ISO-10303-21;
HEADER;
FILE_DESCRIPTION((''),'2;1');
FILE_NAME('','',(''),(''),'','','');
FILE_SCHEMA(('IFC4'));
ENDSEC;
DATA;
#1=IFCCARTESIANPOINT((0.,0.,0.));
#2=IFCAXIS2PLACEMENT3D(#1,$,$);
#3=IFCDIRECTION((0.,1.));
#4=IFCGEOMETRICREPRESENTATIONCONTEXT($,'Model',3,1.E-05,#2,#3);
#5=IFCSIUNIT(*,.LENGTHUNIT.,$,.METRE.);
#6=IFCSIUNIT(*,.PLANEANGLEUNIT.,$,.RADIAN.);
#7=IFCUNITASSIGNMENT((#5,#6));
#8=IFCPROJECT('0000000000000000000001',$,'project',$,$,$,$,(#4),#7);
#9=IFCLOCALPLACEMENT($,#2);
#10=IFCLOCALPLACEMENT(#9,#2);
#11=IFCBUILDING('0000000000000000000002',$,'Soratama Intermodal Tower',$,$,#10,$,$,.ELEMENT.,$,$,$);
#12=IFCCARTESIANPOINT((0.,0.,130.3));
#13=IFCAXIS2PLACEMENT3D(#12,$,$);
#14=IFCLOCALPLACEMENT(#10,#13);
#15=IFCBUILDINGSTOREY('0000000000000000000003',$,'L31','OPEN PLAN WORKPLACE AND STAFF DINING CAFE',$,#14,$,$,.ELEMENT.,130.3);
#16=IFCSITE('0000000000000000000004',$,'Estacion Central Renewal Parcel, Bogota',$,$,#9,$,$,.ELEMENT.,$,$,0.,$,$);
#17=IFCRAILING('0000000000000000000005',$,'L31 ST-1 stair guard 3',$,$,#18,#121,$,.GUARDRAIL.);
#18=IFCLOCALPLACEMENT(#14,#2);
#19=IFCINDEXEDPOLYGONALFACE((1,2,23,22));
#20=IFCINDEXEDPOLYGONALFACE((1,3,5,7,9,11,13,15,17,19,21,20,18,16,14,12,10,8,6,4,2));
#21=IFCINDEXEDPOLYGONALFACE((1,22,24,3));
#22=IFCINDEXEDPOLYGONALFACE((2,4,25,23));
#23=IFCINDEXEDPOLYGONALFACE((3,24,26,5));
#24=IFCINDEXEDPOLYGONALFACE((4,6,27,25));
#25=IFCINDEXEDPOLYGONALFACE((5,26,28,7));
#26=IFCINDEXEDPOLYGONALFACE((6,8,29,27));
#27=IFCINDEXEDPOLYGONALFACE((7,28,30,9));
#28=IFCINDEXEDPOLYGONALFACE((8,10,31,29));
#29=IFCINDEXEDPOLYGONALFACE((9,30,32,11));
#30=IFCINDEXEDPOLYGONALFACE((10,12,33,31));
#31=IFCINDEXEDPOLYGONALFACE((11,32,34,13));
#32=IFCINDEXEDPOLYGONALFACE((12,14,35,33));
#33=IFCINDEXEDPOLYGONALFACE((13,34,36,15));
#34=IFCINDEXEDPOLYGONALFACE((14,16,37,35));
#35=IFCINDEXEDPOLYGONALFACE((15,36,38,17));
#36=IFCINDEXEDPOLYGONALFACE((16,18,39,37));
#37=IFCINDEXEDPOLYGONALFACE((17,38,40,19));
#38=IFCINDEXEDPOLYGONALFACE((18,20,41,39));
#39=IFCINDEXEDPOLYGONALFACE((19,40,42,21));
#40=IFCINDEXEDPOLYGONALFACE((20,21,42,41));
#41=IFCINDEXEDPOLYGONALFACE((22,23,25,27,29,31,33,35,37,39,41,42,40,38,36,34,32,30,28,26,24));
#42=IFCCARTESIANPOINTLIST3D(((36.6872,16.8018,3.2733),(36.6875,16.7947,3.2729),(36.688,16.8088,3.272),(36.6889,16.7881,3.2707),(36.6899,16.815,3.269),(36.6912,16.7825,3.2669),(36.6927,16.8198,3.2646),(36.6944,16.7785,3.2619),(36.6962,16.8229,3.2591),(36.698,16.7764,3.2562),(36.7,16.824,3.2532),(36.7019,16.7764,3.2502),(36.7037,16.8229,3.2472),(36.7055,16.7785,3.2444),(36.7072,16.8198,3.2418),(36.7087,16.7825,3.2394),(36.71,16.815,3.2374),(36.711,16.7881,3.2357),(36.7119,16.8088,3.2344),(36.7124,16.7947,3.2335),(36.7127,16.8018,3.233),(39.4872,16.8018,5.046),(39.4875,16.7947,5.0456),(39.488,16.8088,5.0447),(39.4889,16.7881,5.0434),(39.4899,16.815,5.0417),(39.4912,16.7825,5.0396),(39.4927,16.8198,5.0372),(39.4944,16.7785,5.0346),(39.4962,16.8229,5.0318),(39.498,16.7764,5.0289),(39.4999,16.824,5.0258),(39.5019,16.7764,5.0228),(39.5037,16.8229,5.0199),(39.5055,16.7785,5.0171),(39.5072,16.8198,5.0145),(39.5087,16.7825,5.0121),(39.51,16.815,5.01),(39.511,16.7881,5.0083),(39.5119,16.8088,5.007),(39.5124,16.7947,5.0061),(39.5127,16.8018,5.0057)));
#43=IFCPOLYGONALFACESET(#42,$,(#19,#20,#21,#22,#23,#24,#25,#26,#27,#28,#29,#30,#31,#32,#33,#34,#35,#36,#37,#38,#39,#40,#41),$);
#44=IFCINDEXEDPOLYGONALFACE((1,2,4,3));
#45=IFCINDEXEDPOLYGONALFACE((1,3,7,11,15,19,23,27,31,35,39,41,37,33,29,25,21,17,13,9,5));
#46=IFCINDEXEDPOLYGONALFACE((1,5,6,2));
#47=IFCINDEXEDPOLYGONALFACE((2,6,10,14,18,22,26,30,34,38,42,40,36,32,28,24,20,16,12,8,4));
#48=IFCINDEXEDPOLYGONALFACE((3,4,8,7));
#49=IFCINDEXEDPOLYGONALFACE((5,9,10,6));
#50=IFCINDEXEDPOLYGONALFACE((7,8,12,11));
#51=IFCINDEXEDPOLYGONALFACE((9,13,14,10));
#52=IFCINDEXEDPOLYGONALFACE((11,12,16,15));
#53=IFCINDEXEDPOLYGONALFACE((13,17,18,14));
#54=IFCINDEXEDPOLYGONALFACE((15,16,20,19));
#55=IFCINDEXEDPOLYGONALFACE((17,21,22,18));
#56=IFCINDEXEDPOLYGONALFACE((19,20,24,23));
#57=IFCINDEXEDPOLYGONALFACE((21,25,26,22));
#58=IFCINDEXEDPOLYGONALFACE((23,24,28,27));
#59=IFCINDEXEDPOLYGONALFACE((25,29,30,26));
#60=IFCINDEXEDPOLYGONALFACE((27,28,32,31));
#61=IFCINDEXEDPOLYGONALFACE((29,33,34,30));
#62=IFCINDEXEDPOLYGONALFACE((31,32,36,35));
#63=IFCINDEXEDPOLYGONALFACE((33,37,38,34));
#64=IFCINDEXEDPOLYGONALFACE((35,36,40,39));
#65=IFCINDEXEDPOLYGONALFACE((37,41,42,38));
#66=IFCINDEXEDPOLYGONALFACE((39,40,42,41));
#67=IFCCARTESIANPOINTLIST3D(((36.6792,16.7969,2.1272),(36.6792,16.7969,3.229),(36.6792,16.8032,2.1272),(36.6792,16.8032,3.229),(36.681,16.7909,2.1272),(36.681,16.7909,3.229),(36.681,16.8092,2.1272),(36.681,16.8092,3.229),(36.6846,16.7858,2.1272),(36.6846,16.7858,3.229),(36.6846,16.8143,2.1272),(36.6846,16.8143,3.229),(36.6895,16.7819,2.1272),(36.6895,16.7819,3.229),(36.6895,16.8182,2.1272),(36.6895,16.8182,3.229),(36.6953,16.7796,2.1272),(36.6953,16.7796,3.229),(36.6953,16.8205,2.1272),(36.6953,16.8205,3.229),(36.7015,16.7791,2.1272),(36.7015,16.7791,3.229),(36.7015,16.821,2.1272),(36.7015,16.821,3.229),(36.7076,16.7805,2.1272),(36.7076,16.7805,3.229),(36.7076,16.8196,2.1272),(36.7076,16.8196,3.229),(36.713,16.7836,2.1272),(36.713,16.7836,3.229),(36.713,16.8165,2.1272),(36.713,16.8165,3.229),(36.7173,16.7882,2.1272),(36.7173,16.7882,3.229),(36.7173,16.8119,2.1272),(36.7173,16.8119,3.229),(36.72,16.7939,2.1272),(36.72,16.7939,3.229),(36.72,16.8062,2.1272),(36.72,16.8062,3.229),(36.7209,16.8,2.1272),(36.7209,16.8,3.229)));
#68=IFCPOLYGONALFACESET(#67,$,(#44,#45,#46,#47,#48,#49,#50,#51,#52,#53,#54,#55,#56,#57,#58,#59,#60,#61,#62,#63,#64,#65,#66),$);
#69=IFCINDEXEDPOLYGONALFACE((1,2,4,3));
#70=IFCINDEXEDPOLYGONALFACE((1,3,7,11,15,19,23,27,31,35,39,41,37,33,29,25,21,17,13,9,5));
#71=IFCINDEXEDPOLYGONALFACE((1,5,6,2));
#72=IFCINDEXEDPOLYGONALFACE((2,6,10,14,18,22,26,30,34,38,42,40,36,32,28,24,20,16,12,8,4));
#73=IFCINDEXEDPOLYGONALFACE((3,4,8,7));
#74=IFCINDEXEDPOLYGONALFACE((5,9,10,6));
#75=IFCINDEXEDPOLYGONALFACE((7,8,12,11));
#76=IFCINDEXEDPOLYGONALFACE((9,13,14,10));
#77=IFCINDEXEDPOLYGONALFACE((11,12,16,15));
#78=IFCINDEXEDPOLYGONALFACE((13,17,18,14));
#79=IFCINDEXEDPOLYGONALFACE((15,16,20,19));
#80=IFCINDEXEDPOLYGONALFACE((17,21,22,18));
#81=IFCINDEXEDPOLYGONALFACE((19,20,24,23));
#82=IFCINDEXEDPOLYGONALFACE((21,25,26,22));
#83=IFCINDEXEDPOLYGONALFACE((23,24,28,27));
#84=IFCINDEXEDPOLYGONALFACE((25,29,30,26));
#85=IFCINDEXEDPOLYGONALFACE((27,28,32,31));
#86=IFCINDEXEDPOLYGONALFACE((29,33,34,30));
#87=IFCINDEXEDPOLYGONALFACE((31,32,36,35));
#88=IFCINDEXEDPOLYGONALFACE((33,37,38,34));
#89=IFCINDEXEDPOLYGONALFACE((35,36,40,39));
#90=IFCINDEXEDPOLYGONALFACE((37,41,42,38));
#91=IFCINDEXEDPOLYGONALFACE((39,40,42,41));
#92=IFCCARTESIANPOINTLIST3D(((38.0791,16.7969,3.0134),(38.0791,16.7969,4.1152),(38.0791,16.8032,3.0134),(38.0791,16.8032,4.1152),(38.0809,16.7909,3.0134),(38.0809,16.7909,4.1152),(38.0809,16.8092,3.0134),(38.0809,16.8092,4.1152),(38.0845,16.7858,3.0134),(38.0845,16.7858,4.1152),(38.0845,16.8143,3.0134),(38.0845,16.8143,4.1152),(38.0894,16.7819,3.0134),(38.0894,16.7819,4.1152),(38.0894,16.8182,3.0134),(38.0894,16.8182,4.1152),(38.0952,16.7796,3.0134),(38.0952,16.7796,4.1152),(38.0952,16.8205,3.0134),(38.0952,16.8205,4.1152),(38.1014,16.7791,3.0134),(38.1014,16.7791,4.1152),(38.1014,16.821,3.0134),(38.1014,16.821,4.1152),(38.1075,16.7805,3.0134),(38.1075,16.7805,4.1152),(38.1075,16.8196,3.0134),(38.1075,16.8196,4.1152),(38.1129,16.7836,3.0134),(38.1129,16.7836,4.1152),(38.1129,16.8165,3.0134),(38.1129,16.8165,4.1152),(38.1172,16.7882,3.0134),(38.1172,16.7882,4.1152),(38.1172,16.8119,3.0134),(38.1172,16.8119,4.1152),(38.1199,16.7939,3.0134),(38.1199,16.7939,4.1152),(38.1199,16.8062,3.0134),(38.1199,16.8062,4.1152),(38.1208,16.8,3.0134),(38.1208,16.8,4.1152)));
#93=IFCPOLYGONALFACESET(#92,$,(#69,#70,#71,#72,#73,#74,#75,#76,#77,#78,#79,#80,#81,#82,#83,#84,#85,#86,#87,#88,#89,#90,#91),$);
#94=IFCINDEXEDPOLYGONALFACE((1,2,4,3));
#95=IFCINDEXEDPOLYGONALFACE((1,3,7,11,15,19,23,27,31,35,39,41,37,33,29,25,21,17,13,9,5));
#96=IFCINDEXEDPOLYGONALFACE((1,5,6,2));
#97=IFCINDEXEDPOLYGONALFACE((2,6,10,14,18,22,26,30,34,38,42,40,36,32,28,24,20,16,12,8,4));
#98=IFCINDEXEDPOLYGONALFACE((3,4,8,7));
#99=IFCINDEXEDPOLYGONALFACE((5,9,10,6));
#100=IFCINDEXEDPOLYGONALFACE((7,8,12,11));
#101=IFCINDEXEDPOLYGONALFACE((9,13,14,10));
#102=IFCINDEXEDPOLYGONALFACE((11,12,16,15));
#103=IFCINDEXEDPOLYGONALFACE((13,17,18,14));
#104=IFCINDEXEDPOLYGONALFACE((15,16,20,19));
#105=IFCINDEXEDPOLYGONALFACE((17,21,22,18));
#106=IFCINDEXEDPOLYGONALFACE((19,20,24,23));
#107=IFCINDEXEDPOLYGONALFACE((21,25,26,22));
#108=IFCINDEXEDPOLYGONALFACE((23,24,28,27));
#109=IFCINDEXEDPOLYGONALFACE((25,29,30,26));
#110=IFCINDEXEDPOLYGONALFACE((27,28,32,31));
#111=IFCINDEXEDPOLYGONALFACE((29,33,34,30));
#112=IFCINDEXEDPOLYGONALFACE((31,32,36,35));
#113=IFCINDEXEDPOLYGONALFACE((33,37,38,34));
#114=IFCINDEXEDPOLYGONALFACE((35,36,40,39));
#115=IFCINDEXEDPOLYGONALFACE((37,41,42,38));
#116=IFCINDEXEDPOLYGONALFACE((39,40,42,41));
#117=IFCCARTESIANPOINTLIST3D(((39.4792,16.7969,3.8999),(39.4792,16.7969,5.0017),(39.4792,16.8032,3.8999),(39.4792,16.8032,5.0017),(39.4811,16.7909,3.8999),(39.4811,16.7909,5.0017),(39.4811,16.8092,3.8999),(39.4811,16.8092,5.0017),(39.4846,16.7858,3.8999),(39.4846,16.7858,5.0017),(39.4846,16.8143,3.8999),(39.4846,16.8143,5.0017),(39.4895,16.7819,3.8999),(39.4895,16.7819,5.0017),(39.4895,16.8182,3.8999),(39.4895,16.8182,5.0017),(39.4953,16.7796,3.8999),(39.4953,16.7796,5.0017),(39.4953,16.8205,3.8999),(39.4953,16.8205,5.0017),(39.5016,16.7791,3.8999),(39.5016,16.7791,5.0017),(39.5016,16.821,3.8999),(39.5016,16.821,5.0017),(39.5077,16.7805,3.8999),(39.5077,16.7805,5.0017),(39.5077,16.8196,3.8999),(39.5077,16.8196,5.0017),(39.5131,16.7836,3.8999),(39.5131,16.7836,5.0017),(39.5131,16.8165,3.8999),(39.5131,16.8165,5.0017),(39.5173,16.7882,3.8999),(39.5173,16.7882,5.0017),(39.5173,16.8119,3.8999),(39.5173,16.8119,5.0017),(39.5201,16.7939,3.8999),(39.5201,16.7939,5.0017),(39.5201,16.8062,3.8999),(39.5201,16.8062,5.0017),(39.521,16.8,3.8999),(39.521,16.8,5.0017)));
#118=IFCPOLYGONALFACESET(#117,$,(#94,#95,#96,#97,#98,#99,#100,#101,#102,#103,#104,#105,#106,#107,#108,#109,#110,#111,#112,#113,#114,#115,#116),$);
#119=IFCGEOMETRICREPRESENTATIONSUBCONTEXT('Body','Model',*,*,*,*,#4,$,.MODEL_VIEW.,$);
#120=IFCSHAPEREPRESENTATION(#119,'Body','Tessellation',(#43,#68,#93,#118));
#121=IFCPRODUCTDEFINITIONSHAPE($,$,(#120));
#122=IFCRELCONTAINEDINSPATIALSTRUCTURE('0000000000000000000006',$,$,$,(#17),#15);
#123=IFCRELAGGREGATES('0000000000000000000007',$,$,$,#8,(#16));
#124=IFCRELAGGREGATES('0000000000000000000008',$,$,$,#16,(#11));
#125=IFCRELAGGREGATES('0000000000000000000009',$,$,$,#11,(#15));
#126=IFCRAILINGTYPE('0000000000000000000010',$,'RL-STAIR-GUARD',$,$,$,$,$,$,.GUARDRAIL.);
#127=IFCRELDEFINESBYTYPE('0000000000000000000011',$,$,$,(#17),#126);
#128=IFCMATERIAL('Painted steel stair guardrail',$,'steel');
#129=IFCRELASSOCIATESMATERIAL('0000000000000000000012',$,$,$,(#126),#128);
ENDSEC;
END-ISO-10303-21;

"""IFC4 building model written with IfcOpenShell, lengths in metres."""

from ifc_helpers import new_model, si_unit, direction, frame, origin, origin_2d, place, context, subcontext, project, spatial, circle, extrude, material, type_object, element, save


model = new_model("IFC4")

# Units and contexts
model_context = context("Model", 3, precision=1e-05, world=origin(), true_north=direction((0.0, 1.0)))
body_context = subcontext(model_context, "Body", "Model", "MODEL_VIEW")
ifc_project = project(units=[si_unit("LENGTHUNIT", "METRE"), si_unit("PLANEANGLEUNIT", "RADIAN")], contexts=[model_context])

# Site, building, storey
site_placement = place(None, origin())
site = spatial("IfcSite", under=ifc_project, at=site_placement, Name="Estacion Central Renewal Parcel, Bogota", CompositionType="ELEMENT", RefElevation=0.0)
building_placement = place(site_placement, origin())
building = spatial("IfcBuilding", under=site, at=building_placement, Name="Soratama Intermodal Tower", CompositionType="ELEMENT")
storey_placement = place(building_placement, frame((0.0, 0.0, 130.3)))
storey = spatial("IfcBuildingStorey", under=building, at=storey_placement, Name="L31", Description="OPEN PLAN WORKPLACE AND STAFF DINING CAFE", CompositionType="ELEMENT", Elevation=130.3)

# Railing
ifc_material_1 = material(Name="Painted steel stair guardrail", Category="steel")
railing_type_1 = type_object("IfcRailingType", Name="RL-STAIR-GUARD", PredefinedType="GUARDRAIL", material=ifc_material_1)
railing_1_placement = place(storey_placement, frame((36.7, 16.8, 2.1272)))
element("IfcRailing", 1, at=railing_1_placement, inside=storey, type_object=railing_type_1, Name="L31 ST-1 stair guard 3", PredefinedType="GUARDRAIL", context=body_context, shape_type="SweptSolid", body=[
    extrude(circle(Radius=0.0239, at=origin_2d()), frame((0.0, 0.0, 1.126), z_axis=(0.844909, 0.0, 0.53491), x_axis=(0.0, 1.0, 0.0)), (0.0, 0.0, 1.0), 3.314),
    extrude(circle(Radius=0.021, at=origin_2d()), origin(), (0.0, 0.0, 1.0), 1.1018),
    extrude(circle(Radius=0.021, at=origin_2d()), frame((1.3999, 0.0, 0.8862)), (0.0, 0.0, 1.0), 1.1018),
    extrude(circle(Radius=0.021, at=origin_2d()), frame((2.8, 0.0, 1.7727)), (0.0, 0.0, 1.0), 1.1018),
])

save(model, "model.ifc")
